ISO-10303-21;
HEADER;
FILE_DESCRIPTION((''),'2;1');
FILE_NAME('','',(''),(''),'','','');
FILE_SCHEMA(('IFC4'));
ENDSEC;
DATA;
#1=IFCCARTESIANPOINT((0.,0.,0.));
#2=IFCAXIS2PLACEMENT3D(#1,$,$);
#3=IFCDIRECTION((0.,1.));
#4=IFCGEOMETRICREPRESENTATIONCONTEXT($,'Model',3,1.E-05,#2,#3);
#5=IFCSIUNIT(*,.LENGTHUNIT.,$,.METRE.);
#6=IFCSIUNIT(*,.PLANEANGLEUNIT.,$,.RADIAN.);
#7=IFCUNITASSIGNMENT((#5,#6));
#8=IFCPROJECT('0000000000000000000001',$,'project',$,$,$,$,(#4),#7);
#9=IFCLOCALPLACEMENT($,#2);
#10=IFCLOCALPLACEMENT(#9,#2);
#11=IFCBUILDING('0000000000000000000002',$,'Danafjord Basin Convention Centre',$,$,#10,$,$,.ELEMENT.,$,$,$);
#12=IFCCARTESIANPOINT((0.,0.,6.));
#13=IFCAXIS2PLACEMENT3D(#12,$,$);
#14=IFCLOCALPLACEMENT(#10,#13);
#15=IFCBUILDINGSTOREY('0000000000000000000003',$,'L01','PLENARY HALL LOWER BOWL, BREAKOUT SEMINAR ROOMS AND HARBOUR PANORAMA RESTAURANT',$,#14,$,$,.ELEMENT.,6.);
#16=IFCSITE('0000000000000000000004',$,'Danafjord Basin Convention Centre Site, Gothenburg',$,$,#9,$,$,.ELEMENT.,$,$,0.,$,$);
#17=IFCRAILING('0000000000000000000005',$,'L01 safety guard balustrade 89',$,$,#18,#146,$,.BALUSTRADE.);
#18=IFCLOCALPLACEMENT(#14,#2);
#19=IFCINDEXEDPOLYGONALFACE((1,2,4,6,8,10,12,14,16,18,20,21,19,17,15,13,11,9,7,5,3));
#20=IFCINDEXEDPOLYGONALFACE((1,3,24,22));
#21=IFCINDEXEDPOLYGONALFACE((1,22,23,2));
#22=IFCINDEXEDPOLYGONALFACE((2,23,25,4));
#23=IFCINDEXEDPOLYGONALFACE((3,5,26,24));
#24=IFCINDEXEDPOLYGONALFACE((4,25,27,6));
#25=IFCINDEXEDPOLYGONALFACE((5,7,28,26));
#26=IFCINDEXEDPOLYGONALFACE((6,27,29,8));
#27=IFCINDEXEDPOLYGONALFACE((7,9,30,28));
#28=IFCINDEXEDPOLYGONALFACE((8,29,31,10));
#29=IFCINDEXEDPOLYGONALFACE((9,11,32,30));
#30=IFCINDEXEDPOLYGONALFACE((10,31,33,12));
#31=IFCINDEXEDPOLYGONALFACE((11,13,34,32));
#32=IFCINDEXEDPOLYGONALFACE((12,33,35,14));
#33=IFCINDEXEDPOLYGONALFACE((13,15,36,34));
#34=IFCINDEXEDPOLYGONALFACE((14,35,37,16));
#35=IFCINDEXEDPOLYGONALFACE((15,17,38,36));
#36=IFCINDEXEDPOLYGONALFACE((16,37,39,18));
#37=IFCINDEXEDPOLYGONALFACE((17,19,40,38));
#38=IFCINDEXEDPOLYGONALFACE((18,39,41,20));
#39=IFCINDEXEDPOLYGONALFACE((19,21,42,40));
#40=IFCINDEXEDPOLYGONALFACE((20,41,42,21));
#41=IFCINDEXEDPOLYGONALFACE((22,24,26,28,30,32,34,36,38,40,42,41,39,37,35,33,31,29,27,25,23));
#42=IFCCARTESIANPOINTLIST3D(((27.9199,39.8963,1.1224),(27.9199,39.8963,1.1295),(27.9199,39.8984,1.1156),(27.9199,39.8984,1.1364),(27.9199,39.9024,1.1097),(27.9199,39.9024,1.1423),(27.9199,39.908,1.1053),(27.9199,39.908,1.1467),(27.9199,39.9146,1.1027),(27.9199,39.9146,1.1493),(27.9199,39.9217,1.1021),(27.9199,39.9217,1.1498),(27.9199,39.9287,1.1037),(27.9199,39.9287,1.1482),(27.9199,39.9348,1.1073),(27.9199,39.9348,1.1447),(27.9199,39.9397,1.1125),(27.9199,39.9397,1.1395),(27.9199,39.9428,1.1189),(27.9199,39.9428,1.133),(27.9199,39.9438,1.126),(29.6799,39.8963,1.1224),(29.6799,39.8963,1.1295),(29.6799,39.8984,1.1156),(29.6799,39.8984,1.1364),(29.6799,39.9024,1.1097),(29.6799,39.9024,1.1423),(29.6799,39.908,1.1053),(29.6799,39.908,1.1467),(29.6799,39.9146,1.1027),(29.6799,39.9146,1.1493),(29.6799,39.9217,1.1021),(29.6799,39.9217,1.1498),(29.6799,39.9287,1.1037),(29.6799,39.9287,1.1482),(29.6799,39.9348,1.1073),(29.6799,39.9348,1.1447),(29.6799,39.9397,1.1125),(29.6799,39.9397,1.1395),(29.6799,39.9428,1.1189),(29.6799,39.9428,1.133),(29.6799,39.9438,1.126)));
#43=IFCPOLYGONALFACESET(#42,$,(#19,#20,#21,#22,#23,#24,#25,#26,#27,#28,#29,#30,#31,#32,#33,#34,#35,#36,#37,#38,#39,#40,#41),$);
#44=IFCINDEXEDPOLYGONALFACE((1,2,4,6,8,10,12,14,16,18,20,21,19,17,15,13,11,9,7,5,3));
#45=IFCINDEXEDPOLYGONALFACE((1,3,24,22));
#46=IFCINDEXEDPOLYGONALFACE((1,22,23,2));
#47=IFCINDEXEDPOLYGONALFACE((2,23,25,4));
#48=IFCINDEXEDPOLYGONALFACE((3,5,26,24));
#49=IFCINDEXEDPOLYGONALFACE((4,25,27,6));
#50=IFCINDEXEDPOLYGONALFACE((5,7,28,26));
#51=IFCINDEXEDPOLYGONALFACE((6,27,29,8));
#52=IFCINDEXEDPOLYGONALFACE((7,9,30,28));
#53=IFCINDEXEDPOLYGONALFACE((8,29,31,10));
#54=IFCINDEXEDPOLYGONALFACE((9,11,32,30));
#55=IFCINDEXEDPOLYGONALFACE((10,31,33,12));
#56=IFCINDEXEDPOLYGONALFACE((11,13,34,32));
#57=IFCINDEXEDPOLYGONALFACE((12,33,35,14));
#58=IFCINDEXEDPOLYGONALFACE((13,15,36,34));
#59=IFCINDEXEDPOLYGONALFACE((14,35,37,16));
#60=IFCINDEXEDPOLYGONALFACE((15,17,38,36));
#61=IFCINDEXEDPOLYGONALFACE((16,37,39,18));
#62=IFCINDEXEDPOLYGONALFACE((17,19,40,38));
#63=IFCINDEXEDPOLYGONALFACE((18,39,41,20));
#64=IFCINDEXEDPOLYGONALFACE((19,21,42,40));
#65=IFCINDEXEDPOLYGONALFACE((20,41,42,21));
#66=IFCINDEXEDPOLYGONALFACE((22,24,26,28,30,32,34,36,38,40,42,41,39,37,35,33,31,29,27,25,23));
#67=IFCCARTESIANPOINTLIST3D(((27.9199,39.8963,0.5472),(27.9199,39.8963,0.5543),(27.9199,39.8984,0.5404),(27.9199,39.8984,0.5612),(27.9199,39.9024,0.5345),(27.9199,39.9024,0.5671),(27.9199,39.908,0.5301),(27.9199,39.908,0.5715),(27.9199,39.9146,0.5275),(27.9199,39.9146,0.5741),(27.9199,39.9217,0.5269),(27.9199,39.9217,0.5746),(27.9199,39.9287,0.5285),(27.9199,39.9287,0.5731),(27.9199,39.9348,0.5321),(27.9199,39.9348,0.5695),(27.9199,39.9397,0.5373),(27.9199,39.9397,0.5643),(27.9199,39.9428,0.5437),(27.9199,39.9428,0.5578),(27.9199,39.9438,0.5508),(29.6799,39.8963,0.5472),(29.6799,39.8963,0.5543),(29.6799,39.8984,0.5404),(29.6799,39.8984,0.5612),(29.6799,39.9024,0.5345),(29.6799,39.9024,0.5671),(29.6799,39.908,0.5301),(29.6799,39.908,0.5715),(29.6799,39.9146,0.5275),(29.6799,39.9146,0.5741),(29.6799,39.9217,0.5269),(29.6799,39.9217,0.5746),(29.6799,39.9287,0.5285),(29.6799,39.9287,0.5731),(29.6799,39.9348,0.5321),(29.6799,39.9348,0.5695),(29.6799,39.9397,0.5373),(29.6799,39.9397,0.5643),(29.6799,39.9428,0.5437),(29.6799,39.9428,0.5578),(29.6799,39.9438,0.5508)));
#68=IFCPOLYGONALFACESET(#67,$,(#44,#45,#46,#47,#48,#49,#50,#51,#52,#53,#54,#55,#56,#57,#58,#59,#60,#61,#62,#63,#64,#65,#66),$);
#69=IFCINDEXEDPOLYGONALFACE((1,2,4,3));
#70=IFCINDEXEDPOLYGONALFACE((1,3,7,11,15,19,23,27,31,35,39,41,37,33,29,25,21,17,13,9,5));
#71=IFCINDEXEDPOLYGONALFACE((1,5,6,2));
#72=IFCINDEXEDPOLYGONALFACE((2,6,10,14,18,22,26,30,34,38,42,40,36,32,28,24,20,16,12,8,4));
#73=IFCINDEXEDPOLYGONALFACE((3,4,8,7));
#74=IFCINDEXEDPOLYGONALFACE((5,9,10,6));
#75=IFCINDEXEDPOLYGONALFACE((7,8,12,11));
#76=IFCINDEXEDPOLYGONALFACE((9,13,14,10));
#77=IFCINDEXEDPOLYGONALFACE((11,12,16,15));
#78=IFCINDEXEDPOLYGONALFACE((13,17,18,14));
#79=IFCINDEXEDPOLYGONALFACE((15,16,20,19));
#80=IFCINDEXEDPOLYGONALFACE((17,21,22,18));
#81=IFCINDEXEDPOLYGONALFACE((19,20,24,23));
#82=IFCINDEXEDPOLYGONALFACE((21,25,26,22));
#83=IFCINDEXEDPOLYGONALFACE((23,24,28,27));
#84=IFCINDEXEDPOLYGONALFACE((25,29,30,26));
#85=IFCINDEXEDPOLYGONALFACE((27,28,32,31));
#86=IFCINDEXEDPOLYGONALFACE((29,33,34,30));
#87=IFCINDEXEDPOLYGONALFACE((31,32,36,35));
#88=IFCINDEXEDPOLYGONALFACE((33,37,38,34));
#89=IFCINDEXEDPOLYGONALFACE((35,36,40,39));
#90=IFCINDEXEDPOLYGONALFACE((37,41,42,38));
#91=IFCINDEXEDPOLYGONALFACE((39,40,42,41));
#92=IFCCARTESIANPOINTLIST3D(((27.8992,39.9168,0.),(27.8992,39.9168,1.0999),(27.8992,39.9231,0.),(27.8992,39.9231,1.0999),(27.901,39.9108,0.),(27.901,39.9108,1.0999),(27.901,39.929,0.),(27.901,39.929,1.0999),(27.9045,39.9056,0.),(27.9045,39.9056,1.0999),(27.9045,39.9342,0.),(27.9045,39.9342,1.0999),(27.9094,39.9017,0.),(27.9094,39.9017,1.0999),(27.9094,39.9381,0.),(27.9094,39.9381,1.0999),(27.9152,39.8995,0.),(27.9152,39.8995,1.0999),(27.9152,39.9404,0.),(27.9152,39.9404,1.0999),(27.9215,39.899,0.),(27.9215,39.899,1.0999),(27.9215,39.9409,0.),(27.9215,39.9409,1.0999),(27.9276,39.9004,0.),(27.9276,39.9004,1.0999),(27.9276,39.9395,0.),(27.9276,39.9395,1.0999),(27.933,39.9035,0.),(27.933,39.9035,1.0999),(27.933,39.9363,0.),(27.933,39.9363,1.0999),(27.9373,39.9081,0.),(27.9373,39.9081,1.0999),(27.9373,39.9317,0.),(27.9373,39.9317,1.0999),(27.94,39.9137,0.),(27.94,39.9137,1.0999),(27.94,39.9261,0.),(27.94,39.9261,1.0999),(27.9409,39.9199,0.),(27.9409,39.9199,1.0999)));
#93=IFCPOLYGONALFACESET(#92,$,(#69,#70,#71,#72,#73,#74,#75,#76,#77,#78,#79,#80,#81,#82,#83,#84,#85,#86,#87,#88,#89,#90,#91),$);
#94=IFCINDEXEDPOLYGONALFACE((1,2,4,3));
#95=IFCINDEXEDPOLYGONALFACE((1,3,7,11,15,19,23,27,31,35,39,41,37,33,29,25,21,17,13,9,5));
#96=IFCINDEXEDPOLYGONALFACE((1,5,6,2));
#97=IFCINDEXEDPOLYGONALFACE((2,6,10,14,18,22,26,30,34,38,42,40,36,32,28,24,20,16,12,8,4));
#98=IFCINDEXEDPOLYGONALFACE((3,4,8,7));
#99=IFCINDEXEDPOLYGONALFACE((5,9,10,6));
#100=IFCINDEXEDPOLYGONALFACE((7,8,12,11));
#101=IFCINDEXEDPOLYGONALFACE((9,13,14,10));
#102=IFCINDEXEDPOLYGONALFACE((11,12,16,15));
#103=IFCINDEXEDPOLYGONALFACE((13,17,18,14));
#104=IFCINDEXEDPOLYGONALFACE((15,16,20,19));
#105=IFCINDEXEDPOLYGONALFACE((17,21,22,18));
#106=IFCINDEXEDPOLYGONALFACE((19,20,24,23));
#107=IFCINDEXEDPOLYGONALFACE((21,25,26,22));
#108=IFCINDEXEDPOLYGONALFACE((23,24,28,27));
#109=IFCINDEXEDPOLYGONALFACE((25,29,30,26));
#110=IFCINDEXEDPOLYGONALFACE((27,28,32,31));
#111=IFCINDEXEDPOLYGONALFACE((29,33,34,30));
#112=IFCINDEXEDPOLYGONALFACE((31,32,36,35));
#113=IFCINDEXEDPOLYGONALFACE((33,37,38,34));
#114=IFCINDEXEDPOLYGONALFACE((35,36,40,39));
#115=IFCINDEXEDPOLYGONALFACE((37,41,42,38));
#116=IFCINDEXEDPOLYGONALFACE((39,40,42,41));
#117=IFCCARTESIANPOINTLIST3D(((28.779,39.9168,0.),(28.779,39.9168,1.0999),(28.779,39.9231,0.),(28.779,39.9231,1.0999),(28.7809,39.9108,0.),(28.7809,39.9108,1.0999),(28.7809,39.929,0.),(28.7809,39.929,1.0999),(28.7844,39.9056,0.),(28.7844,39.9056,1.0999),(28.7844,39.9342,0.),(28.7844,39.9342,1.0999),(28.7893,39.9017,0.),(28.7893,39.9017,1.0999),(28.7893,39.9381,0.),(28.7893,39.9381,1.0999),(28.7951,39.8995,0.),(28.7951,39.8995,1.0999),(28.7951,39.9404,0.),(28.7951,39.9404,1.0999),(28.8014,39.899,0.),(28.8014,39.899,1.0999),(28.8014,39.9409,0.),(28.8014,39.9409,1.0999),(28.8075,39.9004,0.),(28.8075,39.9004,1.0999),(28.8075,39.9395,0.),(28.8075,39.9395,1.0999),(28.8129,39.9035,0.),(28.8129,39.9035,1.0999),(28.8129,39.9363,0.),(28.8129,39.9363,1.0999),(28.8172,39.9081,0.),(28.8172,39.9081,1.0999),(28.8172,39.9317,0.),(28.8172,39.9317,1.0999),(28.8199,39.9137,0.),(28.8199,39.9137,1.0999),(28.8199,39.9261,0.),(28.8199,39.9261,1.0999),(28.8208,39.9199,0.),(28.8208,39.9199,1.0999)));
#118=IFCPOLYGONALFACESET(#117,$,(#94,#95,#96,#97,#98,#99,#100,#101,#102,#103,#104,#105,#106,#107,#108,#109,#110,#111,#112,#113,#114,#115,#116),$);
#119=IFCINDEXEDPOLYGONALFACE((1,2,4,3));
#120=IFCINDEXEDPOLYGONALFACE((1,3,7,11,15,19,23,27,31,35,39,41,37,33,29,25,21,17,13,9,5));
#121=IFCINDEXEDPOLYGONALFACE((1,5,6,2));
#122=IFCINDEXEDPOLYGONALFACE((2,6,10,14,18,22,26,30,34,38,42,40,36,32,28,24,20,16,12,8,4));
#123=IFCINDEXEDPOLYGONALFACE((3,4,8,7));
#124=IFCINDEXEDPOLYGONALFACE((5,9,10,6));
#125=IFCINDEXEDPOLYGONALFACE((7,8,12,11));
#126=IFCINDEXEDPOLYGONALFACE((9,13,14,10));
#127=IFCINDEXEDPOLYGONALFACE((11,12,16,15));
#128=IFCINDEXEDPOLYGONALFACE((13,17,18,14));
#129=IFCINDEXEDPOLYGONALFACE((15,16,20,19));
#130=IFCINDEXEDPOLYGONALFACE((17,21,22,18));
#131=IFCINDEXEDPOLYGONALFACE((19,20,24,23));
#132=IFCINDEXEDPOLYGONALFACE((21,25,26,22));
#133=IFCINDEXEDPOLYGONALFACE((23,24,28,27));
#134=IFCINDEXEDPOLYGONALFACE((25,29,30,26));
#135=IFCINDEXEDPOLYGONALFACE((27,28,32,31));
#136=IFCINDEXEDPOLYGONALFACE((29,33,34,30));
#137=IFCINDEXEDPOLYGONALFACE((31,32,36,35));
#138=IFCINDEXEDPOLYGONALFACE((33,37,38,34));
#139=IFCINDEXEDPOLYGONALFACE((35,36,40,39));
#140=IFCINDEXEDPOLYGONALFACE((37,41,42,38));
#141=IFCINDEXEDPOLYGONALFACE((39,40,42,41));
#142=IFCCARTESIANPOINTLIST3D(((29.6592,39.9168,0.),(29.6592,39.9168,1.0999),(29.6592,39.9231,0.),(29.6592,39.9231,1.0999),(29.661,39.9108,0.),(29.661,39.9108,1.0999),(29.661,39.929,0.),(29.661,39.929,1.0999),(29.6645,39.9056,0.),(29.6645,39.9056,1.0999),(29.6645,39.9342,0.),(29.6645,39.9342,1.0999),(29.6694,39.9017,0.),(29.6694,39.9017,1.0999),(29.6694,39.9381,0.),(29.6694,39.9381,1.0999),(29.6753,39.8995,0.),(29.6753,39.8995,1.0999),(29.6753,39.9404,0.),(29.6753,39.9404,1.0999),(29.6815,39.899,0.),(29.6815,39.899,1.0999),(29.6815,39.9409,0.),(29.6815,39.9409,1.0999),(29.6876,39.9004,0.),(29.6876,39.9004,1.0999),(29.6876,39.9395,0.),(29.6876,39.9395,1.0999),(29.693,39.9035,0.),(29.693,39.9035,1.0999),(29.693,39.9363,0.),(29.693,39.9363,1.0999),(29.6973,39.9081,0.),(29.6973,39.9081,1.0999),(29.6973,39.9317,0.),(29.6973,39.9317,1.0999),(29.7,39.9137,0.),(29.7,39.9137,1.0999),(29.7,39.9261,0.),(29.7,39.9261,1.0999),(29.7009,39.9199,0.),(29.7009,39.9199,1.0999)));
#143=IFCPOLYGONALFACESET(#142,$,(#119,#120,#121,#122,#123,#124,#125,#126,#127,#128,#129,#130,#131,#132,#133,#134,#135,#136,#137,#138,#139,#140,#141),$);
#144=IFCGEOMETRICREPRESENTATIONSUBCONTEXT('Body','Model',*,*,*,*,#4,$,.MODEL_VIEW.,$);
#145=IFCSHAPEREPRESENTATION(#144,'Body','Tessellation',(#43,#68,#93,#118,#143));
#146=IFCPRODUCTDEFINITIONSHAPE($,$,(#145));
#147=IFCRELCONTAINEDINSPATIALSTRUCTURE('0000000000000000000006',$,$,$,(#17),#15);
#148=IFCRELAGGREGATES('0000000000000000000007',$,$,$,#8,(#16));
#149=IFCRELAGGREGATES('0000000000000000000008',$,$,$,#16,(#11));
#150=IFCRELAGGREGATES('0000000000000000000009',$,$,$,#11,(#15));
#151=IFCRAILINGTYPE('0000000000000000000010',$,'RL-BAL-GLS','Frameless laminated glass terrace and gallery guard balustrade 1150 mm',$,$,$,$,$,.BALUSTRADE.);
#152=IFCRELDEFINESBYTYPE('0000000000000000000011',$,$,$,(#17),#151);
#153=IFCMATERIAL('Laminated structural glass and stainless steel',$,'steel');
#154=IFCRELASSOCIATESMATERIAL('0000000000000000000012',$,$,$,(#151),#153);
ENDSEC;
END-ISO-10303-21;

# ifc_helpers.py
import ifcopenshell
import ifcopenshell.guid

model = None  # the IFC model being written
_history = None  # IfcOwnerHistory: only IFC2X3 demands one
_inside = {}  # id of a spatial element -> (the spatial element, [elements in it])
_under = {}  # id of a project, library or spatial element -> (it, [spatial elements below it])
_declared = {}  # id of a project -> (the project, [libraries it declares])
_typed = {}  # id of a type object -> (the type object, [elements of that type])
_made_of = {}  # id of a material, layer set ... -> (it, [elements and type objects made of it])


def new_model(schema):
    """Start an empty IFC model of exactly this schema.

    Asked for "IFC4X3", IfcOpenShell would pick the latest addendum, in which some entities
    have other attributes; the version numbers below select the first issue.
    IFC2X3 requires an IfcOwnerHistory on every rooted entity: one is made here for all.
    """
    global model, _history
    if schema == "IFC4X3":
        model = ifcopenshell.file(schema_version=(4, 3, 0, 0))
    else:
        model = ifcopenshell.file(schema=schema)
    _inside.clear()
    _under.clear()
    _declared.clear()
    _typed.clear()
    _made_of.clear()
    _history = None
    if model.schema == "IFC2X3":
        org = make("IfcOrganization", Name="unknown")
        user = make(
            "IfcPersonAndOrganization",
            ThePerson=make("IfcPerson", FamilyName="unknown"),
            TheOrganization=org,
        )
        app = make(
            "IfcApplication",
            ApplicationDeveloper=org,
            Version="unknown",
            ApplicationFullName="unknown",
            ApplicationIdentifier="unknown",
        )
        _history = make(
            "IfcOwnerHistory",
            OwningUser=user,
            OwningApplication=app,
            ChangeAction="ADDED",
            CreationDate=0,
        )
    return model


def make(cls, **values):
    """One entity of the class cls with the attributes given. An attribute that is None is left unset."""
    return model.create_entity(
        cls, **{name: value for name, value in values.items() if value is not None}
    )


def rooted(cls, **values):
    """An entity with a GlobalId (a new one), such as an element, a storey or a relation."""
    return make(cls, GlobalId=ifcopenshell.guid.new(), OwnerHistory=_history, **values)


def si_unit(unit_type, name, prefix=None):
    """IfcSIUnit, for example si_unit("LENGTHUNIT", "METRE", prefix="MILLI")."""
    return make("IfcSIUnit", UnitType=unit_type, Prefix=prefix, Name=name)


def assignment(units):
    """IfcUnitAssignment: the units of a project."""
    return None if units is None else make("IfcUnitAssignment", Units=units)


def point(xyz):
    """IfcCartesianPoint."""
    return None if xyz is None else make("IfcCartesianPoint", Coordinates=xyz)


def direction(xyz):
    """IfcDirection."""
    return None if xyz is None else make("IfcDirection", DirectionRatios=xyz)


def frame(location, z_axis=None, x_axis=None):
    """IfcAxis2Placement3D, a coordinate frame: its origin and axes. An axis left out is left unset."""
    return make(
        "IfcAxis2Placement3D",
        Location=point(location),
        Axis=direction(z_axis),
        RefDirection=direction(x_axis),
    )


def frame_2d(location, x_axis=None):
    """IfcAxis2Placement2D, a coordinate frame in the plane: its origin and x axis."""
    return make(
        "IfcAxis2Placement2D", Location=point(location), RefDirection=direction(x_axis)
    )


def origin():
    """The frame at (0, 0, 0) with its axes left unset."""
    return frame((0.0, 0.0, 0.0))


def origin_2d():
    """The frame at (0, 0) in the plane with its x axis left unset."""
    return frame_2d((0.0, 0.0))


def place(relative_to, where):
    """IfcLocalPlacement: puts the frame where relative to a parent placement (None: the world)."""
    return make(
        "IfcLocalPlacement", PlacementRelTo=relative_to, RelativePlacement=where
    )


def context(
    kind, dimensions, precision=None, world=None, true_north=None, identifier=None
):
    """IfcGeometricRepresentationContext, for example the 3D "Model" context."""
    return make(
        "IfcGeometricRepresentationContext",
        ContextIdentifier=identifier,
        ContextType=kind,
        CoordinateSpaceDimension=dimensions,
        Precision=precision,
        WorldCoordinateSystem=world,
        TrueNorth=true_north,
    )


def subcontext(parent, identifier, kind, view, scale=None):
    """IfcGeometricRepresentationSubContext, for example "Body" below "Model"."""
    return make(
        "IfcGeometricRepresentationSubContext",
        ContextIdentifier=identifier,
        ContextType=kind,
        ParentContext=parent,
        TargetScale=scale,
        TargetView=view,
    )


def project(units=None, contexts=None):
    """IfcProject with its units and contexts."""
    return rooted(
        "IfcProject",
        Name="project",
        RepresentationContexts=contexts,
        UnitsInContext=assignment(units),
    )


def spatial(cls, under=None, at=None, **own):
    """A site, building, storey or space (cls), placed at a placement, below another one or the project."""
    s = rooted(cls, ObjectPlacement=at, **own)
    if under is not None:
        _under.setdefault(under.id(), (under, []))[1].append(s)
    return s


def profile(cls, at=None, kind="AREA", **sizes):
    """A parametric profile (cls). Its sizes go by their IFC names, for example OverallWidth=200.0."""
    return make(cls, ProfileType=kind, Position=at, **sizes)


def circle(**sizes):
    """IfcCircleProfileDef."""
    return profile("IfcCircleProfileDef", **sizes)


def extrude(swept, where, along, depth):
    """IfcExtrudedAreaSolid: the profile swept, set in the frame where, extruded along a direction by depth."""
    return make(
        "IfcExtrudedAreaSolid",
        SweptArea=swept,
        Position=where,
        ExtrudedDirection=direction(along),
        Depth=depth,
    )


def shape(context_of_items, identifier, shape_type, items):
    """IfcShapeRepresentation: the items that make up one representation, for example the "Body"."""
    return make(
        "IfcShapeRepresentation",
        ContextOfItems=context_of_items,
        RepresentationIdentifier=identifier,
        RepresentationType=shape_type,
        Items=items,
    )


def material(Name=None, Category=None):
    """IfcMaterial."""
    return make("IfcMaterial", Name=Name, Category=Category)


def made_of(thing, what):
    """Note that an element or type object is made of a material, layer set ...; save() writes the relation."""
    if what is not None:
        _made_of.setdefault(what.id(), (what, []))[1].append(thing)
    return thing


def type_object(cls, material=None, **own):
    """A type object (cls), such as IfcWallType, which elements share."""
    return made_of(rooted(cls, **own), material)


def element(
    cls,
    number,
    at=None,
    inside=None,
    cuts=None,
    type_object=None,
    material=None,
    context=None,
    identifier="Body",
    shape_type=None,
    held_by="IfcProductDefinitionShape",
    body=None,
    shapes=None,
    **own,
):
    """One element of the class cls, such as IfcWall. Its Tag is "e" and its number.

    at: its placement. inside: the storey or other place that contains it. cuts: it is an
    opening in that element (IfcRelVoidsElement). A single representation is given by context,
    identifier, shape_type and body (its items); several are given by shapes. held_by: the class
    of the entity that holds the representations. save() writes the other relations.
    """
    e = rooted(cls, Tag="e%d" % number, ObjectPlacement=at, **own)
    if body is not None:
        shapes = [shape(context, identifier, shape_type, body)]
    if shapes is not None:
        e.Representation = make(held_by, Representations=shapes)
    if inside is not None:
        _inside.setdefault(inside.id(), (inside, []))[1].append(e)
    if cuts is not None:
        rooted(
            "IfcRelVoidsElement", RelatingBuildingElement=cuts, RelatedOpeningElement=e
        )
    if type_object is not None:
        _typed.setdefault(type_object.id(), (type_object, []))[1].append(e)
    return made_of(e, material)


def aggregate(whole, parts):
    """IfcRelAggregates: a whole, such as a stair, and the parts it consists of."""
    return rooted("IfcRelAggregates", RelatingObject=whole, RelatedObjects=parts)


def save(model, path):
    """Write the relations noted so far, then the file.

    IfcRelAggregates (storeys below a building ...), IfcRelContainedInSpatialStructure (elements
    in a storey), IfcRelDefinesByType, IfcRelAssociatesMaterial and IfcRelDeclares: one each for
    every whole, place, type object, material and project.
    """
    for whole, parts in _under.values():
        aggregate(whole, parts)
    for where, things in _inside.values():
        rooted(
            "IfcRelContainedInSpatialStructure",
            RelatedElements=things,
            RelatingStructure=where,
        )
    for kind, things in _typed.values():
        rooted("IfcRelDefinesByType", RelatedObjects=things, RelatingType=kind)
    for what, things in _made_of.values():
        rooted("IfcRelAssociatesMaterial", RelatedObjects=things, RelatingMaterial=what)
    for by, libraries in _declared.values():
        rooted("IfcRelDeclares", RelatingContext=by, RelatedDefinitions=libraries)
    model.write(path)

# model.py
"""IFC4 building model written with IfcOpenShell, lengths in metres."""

from ifc_helpers import new_model, si_unit, direction, frame, origin, origin_2d, place, context, subcontext, project, spatial, circle, extrude, material, type_object, element, save


model = new_model("IFC4")

# Units and contexts
model_context = context("Model", 3, precision=1e-05, world=origin(), true_north=direction((0.0, 1.0)))
body_context = subcontext(model_context, "Body", "Model", "MODEL_VIEW")
ifc_project = project(units=[si_unit("LENGTHUNIT", "METRE"), si_unit("PLANEANGLEUNIT", "RADIAN")], contexts=[model_context])

# Site, building, storey
site_placement = place(None, origin())
site = spatial("IfcSite", under=ifc_project, at=site_placement, Name="Danafjord Basin Convention Centre Site, Gothenburg", CompositionType="ELEMENT", RefElevation=0.0)
building_placement = place(site_placement, origin())
building = spatial("IfcBuilding", under=site, at=building_placement, Name="Danafjord Basin Convention Centre", CompositionType="ELEMENT")
storey_placement = place(building_placement, frame((0.0, 0.0, 6.0)))
storey = spatial("IfcBuildingStorey", under=building, at=storey_placement, Name="L01", Description="PLENARY HALL LOWER BOWL, BREAKOUT SEMINAR ROOMS AND HARBOUR PANORAMA RESTAURANT", CompositionType="ELEMENT", Elevation=6.0)

# Railing
ifc_material_1 = material(Name="Laminated structural glass and stainless steel", Category="steel")
railing_type = type_object("IfcRailingType", Name="RL-BAL-GLS", Description="Frameless laminated glass terrace and gallery guard balustrade 1150 mm", PredefinedType="BALUSTRADE", material=ifc_material_1)
railing_1_placement = place(storey_placement, frame((27.9199, 39.9199, 0.0)))
element("IfcRailing", 1, at=railing_1_placement, inside=storey, type_object=railing_type, Name="L01 safety guard balustrade 89", PredefinedType="BALUSTRADE", context=body_context, shape_type="SweptSolid", body=[
    extrude(circle(Radius=0.0239, at=origin_2d()), frame((0.0, 0.0, 1.126), z_axis=(1.0, 0.0, 0.0), x_axis=(0.0, 1.0, 0.0)), (0.0, 0.0, 1.0), 1.76),
    extrude(circle(Radius=0.0239, at=origin_2d()), frame((0.0, 0.0, 0.5508), z_axis=(1.0, 0.0, 0.0), x_axis=(0.0, 1.0, 0.0)), (0.0, 0.0, 1.0), 1.76),
    extrude(circle(Radius=0.021, at=origin_2d()), origin(), (0.0, 0.0, 1.0), 1.0999),
    extrude(circle(Radius=0.021, at=origin_2d()), frame((0.8799, 0.0, 0.0)), (0.0, 0.0, 1.0), 1.0999),
    extrude(circle(Radius=0.021, at=origin_2d()), frame((1.76, 0.0, 0.0)), (0.0, 0.0, 1.0), 1.0999),
])

save(model, "model.ifc")
